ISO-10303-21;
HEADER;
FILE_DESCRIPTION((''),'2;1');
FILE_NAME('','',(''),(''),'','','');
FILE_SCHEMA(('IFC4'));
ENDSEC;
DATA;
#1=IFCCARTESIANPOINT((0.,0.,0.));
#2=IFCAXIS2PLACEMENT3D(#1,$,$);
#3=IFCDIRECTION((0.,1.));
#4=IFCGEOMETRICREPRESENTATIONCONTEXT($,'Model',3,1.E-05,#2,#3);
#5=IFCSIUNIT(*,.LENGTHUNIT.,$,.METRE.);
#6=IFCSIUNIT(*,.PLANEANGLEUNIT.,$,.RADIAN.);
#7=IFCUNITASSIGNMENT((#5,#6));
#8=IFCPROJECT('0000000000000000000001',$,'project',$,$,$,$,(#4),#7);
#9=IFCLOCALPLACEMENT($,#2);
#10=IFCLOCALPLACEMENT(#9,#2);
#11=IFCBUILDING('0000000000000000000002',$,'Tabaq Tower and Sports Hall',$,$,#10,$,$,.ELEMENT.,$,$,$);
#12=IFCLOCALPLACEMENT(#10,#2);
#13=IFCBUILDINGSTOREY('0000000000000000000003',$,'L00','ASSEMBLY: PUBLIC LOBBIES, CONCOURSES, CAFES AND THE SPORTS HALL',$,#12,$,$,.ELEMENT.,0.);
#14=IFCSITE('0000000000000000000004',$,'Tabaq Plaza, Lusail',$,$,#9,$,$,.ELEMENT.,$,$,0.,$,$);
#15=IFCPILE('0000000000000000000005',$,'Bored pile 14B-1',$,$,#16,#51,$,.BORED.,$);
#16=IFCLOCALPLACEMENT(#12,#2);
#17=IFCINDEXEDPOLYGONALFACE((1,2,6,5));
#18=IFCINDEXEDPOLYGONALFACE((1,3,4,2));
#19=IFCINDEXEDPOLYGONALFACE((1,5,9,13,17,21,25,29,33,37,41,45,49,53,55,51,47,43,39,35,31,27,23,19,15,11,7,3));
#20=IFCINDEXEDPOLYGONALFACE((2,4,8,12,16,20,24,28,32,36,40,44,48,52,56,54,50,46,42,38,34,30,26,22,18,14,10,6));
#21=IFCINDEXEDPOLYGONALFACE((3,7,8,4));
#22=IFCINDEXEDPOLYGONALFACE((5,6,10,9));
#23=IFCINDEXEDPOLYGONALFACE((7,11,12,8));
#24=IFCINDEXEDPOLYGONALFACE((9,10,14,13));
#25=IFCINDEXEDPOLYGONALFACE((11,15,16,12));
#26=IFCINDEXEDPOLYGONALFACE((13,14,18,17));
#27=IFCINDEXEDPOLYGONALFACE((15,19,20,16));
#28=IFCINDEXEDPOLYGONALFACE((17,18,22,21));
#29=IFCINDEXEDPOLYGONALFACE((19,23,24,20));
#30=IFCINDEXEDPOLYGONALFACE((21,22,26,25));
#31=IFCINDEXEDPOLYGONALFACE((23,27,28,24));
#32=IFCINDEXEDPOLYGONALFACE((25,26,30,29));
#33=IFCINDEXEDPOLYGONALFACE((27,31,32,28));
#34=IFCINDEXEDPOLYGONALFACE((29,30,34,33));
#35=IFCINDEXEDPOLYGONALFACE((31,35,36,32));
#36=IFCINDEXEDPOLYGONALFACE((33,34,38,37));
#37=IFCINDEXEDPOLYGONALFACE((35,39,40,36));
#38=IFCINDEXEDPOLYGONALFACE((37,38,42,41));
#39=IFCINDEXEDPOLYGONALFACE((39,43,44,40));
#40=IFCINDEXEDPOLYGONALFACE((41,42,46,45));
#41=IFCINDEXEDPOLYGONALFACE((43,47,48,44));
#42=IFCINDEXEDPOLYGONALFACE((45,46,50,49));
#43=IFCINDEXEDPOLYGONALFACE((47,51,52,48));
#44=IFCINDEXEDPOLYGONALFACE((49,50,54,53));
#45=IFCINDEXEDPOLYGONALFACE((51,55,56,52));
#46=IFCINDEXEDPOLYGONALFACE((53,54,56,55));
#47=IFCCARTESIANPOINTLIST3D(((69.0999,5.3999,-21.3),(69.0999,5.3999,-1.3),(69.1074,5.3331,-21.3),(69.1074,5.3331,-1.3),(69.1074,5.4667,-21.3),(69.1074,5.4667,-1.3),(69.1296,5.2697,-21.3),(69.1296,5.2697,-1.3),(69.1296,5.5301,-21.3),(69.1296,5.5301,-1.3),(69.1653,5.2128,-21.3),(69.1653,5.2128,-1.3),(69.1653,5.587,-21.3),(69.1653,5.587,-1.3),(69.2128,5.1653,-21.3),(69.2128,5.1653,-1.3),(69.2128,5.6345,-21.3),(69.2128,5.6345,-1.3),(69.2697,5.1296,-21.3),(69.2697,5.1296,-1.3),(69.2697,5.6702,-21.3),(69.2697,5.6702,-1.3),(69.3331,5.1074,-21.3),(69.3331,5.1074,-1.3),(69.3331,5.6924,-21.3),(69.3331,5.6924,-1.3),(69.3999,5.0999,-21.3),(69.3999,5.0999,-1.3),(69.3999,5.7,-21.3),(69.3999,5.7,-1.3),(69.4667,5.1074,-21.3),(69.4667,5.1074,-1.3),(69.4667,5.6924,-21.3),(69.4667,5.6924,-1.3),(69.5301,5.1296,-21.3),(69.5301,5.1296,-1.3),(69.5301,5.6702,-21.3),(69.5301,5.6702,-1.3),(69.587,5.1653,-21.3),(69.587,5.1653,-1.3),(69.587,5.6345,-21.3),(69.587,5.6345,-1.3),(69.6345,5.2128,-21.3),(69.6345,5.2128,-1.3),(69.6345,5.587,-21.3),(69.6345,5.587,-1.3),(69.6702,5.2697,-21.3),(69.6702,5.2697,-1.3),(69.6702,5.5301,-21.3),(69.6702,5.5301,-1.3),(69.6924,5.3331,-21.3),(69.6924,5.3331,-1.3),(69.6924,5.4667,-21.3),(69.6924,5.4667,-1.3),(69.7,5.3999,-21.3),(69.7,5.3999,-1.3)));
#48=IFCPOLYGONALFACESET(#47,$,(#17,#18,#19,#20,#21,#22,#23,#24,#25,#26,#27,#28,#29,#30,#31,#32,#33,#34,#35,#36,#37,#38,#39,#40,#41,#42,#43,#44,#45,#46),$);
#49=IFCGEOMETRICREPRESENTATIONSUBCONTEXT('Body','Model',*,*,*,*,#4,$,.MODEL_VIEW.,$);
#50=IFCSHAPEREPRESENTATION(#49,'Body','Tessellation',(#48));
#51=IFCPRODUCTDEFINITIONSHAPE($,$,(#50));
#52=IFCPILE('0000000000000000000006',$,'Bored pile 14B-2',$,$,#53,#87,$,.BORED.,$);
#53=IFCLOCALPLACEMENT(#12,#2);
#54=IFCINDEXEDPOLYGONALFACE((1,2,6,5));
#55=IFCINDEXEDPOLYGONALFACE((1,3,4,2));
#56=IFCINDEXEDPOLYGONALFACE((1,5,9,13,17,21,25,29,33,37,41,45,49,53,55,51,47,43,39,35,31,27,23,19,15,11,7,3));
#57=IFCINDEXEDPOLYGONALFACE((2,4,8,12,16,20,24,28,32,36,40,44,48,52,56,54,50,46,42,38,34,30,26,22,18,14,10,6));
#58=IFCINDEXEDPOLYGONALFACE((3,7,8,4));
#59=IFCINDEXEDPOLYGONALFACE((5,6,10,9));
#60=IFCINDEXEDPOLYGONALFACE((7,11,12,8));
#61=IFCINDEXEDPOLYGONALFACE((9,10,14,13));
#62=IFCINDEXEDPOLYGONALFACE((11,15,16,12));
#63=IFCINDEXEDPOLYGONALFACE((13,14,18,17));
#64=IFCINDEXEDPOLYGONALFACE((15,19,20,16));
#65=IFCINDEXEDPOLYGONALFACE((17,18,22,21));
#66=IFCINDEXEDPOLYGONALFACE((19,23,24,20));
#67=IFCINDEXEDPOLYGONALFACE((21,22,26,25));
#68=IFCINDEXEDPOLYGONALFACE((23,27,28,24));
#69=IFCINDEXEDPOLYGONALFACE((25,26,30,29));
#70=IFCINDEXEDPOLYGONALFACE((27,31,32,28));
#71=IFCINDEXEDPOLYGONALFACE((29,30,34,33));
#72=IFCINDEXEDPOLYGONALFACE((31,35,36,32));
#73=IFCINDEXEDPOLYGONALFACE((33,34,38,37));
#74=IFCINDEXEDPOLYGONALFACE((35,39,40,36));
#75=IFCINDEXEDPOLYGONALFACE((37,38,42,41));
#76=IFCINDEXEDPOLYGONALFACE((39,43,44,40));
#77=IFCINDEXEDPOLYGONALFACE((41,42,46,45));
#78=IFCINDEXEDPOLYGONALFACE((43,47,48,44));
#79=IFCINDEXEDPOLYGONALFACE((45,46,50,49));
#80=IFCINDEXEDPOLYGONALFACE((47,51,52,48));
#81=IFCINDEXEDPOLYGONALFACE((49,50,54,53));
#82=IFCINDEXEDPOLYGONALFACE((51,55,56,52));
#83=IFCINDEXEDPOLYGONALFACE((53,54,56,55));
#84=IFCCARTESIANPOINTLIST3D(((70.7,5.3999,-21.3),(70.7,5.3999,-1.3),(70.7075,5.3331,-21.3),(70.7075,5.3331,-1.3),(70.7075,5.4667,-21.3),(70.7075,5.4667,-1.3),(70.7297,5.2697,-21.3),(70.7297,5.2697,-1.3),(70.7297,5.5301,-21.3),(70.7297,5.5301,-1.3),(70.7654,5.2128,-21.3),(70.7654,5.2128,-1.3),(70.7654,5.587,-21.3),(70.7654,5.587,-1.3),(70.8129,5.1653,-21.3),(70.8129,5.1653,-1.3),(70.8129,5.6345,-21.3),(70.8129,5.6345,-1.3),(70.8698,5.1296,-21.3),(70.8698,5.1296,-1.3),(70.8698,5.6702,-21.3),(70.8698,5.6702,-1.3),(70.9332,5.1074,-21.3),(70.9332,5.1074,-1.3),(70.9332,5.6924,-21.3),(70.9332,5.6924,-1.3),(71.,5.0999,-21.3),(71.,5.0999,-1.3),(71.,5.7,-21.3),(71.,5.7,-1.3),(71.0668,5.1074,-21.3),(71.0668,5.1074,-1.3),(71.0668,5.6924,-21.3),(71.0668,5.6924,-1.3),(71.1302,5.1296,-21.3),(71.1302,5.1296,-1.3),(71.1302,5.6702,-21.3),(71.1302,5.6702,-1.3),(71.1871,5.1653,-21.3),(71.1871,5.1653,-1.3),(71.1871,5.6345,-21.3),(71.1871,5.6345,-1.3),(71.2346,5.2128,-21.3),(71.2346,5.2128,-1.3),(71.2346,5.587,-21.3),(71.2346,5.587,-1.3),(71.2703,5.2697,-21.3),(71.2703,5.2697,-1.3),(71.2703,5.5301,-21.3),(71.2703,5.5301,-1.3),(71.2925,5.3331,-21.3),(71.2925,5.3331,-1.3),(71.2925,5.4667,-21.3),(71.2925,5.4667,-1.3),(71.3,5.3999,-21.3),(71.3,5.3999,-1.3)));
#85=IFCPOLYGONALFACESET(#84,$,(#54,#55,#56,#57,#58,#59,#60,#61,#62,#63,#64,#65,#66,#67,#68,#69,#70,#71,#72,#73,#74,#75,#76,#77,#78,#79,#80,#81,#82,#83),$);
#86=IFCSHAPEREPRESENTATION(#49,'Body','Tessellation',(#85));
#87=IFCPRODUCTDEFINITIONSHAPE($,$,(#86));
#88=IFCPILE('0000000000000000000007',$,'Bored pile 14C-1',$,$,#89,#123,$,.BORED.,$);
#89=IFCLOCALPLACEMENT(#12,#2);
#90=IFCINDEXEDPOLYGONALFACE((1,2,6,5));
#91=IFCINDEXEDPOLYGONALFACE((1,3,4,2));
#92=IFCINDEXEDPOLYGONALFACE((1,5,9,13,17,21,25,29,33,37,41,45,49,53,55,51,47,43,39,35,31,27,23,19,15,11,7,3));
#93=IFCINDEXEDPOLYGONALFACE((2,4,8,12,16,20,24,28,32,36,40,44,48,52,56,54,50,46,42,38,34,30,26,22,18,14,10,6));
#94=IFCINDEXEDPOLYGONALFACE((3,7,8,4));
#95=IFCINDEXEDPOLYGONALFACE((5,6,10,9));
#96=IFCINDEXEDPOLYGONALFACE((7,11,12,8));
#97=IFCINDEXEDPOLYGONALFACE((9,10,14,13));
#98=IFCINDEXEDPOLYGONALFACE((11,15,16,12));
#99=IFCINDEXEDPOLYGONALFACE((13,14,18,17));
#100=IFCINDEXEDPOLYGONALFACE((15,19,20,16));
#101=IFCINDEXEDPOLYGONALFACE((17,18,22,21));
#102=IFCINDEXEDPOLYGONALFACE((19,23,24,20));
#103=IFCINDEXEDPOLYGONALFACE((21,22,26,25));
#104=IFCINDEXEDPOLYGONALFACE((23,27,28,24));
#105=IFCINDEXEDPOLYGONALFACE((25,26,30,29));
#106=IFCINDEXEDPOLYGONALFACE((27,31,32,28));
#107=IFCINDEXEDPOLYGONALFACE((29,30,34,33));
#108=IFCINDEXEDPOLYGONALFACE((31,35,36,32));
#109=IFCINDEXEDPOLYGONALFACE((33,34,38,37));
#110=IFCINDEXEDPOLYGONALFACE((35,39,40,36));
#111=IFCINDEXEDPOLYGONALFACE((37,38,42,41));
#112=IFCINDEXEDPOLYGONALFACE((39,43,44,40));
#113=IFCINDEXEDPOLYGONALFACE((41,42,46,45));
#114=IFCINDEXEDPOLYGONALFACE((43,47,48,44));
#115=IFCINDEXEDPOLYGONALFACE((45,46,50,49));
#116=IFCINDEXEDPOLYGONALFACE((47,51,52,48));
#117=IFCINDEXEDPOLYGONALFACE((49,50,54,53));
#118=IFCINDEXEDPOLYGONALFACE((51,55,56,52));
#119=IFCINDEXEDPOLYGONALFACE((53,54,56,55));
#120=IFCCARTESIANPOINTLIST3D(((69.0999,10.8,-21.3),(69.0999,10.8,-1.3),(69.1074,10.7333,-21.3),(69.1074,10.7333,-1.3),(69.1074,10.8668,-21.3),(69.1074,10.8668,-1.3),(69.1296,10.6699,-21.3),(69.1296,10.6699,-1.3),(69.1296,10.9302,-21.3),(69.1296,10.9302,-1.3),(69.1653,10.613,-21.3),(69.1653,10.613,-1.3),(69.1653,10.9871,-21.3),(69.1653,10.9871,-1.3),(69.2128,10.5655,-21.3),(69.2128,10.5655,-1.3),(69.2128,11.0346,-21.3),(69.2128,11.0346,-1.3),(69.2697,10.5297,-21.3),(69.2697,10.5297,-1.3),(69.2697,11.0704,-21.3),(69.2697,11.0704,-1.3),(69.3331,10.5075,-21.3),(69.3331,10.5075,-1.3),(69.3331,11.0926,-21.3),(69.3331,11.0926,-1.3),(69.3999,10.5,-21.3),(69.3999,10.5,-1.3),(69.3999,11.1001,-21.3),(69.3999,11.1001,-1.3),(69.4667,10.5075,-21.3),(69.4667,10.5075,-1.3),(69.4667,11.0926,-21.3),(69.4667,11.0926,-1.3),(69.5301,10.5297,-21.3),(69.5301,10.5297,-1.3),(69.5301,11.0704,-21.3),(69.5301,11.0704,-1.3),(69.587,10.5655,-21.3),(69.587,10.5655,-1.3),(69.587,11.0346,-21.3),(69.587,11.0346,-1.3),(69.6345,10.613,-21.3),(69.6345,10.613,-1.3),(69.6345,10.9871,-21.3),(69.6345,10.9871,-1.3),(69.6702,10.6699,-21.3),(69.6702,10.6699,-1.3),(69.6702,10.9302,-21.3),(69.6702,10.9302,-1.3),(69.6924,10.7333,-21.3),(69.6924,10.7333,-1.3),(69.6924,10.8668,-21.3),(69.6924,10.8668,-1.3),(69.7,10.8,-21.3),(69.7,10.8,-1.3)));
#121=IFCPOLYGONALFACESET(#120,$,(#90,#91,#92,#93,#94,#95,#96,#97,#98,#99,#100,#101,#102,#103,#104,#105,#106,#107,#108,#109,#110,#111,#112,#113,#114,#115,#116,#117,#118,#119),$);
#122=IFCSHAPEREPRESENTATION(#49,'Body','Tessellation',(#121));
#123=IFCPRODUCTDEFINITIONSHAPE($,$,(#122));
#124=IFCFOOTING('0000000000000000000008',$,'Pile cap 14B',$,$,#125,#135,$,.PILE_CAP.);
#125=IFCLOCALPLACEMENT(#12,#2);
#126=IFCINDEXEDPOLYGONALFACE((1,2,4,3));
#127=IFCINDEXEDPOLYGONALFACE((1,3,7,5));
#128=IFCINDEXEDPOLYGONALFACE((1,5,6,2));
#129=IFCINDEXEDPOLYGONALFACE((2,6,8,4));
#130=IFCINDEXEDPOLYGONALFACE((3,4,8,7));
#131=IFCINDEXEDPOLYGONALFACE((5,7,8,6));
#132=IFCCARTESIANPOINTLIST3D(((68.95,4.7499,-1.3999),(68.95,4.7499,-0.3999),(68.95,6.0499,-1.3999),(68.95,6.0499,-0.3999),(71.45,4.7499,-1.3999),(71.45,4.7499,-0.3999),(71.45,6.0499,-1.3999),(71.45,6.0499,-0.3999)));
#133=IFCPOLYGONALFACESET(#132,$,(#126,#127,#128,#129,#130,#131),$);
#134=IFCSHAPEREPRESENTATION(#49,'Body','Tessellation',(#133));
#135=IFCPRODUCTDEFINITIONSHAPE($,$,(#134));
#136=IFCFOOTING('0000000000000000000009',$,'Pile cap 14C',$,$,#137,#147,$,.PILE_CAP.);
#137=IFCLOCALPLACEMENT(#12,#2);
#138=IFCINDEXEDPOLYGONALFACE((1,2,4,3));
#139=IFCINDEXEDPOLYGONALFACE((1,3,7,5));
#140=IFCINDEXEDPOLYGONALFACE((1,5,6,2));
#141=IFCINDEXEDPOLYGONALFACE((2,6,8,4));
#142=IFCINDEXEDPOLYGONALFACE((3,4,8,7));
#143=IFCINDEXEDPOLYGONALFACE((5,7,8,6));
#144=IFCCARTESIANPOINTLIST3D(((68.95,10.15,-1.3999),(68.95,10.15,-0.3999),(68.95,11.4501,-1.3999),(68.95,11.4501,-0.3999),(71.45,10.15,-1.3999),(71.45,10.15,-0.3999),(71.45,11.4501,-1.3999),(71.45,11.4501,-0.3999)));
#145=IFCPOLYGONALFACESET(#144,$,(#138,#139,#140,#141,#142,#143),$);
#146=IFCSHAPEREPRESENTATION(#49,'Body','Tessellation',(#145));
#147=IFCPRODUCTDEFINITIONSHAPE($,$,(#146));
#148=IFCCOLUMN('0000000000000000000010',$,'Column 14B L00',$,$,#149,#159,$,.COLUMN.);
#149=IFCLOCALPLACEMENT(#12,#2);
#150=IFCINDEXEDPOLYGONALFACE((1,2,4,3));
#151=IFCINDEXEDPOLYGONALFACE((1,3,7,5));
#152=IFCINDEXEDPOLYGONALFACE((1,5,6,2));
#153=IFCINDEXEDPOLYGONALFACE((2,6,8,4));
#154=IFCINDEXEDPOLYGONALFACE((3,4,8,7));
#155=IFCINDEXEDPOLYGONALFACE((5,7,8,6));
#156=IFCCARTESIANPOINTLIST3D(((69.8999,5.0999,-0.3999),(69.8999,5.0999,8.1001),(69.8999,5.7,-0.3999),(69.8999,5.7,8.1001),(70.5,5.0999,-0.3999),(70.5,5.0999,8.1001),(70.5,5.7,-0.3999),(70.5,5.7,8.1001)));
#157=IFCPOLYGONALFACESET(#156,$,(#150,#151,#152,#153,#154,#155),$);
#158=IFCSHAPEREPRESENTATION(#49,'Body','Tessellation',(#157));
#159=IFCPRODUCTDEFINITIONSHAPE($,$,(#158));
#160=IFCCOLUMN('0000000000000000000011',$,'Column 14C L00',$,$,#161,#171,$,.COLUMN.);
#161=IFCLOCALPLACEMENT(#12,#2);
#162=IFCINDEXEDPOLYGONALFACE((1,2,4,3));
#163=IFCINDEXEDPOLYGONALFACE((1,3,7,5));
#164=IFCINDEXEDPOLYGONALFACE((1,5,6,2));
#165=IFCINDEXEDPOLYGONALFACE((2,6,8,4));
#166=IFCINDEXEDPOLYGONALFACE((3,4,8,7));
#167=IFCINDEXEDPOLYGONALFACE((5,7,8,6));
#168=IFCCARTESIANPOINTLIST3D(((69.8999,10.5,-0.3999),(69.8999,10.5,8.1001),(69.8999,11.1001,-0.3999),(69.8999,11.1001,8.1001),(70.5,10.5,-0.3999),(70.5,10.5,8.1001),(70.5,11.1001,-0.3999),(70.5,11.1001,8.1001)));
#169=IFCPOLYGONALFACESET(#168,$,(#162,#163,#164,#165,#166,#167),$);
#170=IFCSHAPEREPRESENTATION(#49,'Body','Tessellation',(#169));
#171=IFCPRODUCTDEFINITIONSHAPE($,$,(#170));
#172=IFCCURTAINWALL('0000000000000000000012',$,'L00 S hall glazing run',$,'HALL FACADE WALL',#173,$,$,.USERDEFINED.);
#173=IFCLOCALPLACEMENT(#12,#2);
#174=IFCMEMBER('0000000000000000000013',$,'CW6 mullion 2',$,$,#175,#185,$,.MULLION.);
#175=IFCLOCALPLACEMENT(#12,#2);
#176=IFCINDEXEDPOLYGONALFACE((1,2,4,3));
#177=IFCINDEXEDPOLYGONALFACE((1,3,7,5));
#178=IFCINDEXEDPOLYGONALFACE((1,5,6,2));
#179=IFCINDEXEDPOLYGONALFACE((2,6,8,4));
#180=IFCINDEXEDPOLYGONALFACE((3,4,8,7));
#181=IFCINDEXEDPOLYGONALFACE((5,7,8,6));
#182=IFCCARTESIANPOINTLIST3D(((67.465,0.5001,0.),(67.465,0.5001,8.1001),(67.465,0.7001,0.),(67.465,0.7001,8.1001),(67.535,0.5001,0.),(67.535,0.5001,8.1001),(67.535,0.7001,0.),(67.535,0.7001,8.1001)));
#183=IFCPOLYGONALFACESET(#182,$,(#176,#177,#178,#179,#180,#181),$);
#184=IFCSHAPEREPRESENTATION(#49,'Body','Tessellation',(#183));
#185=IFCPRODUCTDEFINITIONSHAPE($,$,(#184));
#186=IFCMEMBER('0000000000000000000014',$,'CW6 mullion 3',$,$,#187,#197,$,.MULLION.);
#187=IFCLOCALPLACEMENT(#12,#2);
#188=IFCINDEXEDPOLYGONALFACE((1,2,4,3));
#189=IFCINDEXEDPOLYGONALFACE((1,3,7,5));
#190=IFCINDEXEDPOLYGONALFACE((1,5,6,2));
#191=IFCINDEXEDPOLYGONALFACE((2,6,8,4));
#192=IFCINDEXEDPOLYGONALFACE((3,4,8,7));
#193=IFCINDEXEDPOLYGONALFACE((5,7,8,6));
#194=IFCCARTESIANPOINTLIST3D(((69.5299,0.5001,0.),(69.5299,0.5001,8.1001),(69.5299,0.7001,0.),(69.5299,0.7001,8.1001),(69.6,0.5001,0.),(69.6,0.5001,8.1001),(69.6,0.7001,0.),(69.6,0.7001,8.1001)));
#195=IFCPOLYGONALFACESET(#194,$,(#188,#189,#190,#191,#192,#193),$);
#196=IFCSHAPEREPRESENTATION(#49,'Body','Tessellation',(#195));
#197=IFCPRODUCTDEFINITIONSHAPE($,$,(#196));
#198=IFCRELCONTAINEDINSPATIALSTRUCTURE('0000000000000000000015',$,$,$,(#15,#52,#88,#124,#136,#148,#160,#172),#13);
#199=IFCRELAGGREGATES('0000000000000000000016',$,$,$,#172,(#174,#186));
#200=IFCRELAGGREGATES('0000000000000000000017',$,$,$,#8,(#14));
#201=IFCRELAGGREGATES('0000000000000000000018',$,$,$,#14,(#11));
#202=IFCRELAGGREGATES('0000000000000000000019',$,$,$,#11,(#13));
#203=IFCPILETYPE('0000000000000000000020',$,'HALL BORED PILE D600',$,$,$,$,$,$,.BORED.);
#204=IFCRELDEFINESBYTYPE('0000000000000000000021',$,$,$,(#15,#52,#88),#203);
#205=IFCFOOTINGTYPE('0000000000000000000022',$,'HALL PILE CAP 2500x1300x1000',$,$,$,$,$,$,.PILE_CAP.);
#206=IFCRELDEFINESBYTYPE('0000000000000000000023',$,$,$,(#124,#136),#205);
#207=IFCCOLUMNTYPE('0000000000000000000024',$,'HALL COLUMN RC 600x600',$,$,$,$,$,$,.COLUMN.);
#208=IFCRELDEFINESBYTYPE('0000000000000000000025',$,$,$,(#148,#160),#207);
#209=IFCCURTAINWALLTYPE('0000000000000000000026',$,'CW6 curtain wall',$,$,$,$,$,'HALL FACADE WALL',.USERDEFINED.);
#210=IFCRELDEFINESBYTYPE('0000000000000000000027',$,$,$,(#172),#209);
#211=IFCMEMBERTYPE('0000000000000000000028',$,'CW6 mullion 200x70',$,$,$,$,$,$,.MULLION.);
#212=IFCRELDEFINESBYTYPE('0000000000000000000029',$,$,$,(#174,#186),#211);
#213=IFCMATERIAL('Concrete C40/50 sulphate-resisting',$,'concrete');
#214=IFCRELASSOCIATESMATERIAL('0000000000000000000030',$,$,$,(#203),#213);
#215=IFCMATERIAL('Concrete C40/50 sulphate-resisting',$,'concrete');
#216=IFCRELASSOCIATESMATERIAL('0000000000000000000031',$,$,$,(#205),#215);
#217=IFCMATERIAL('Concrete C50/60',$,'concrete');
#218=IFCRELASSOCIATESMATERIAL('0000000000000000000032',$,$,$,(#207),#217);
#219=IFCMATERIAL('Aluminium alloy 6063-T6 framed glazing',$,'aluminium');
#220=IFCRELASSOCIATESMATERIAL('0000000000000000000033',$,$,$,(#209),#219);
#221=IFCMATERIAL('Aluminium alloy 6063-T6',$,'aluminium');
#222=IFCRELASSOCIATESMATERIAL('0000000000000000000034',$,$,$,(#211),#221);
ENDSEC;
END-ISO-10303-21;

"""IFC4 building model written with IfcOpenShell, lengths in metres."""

from ifc_helpers import new_model, si_unit, direction, frame, origin, origin_2d, place, context, subcontext, project, spatial, rectangle, circle, extrude, material, material_profile, profile_set, type_object, element, aggregate, save


model = new_model("IFC4")

# Units and contexts
model_context = context("Model", 3, precision=1e-05, world=origin(), true_north=direction((0.0, 1.0)))
body_context = subcontext(model_context, "Body", "Model", "MODEL_VIEW")
ifc_project = project(units=[si_unit("LENGTHUNIT", "METRE"), si_unit("PLANEANGLEUNIT", "RADIAN")], contexts=[model_context])

# Site, building, storey
site_placement = place(None, origin())
site = spatial("IfcSite", under=ifc_project, at=site_placement, Name="Tabaq Plaza, Lusail", CompositionType="ELEMENT", RefElevation=0.0)
building_placement = place(site_placement, origin())
building = spatial("IfcBuilding", under=site, at=building_placement, Name="Tabaq Tower and Sports Hall", CompositionType="ELEMENT")
storey_placement = place(building_placement, origin())
storey = spatial("IfcBuildingStorey", under=building, at=storey_placement, Name="L00", Description="ASSEMBLY: PUBLIC LOBBIES, CONCOURSES, CAFES AND THE SPORTS HALL", CompositionType="ELEMENT", Elevation=0.0)

# Piles
ifc_material_1 = material(Name="Concrete C40/50 sulphate-resisting", Category="concrete")
ifc_material_profile_1 = material_profile(ifc_material_1, circle(Radius=0.3, at=origin_2d()), Name="D600")
ifc_profile_set_1 = profile_set([ifc_material_profile_1], Name="Concrete C40/50 sulphate-resisting")
pile_type = type_object("IfcPileType", Name="HALL BORED PILE D600", PredefinedType="BORED", material=ifc_profile_set_1)
for number, where, z_axis, x_axis, name in (
    (1, (69.3999, 5.3999, -1.3), (0.0, 0.0, -1.0), (1.0, 0.0, 0.0), "Bored pile 14B-1"),
    (2, (71.0, 5.3999, -1.3), (0.0, 0.0, -1.0), (1.0, 0.0, 0.0), "Bored pile 14B-2"),
    (3, (69.3999, 10.8, -1.3), (0.0, 0.0, -1.0), (1.0, 0.0, 0.0), "Bored pile 14C-1"),
):
    element("IfcPile", number, at=place(storey_placement, frame(where, z_axis=z_axis, x_axis=x_axis)), inside=storey, type_object=pile_type, Name=name, PredefinedType="BORED", context=body_context, shape_type="SweptSolid", body=[
        extrude(circle(Radius=0.3, at=origin_2d()), origin(), (0.0, 0.0, 1.0), 20.0),
    ])

# Footings
ifc_material_2 = material(Name="Concrete C40/50 sulphate-resisting", Category="concrete")
footing_type = type_object("IfcFootingType", Name="HALL PILE CAP 2500x1300x1000", PredefinedType="PILE_CAP", material=ifc_material_2)
for number, where, z_axis, x_axis, name in (
    (4, (70.2, 5.3999, -1.3999), (0.0, 0.0, 1.0), (1.0, 0.0, 0.0), "Pile cap 14B"),
    (5, (70.2, 10.8, -1.3999), (0.0, 0.0, 1.0), (1.0, 0.0, 0.0), "Pile cap 14C"),
):
    element("IfcFooting", number, at=place(storey_placement, frame(where, z_axis=z_axis, x_axis=x_axis)), inside=storey, type_object=footing_type, Name=name, PredefinedType="PILE_CAP", context=body_context, shape_type="SweptSolid", body=[
        extrude(rectangle(XDim=2.5, YDim=1.3, at=origin_2d()), origin(), (0.0, 0.0, 1.0), 1.0),
    ])

# Columns
ifc_material_3 = material(Name="Concrete C50/60", Category="concrete")
ifc_material_profile_2 = material_profile(ifc_material_3, rectangle(XDim=0.6001, YDim=0.6001, at=origin_2d()), Name="RC 600x600")
ifc_profile_set_2 = profile_set([ifc_material_profile_2], Name="Concrete C50/60")
column_type = type_object("IfcColumnType", Name="HALL COLUMN RC 600x600", PredefinedType="COLUMN", material=ifc_profile_set_2)
for number, where, z_axis, x_axis, name in (
    (6, (70.2, 5.3999, -0.3999), (0.0, 0.0, 1.0), (1.0, 0.0, 0.0), "Column 14B L00"),
    (7, (70.2, 10.8, -0.3999), (0.0, 0.0, 1.0), (1.0, 0.0, 0.0), "Column 14C L00"),
):
    element("IfcColumn", number, at=place(storey_placement, frame(where, z_axis=z_axis, x_axis=x_axis)), inside=storey, type_object=column_type, Name=name, PredefinedType="COLUMN", context=body_context, shape_type="SweptSolid", body=[
        extrude(rectangle(XDim=0.6001, YDim=0.6001, at=origin_2d()), origin(), (0.0, 0.0, 1.0), 8.5),
    ])

# Curtain wall, members
ifc_material_4 = material(Name="Aluminium alloy 6063-T6 framed glazing", Category="aluminium")
curtain_wall_type = type_object("IfcCurtainWallType", Name="CW6 curtain wall", ElementType="HALL FACADE WALL", PredefinedType="USERDEFINED", material=ifc_material_4)
curtain_wall_1_placement = place(storey_placement, origin())
curtain_wall_1 = element("IfcCurtainWall", 8, at=curtain_wall_1_placement, inside=storey, type_object=curtain_wall_type, Name="L00 S hall glazing run", ObjectType="HALL FACADE WALL", PredefinedType="USERDEFINED")
ifc_material_5 = material(Name="Aluminium alloy 6063-T6", Category="aluminium")
ifc_material_profile_3 = material_profile(ifc_material_5, rectangle(XDim=0.2, YDim=0.0701, at=origin_2d()), Name="MULLION 200x70")
ifc_profile_set_3 = profile_set([ifc_material_profile_3], Name="Aluminium alloy 6063-T6")
member_type_1 = type_object("IfcMemberType", Name="CW6 mullion 200x70", PredefinedType="MULLION", material=ifc_profile_set_3)
member_1_placement = place(storey_placement, frame((67.5, 0.6001, 0.0), z_axis=(0.0, 0.0, 1.0), x_axis=(0.0, 1.0, 0.0)))
member_1 = element("IfcMember", 9, at=member_1_placement, type_object=member_type_1, Name="CW6 mullion 2", PredefinedType="MULLION", context=body_context, shape_type="SweptSolid", body=[
    extrude(rectangle(XDim=0.2, YDim=0.0701, at=origin_2d()), origin(), (0.0, 0.0, 1.0), 8.1001),
])
member_2_placement = place(storey_placement, frame((69.5649, 0.6001, 0.0), z_axis=(0.0, 0.0, 1.0), x_axis=(0.0, 1.0, 0.0)))
member_2 = element("IfcMember", 10, at=member_2_placement, type_object=member_type_1, Name="CW6 mullion 3", PredefinedType="MULLION", context=body_context, shape_type="SweptSolid", body=[
    extrude(rectangle(XDim=0.2, YDim=0.0701, at=origin_2d()), origin(), (0.0, 0.0, 1.0), 8.1001),
])

aggregate(curtain_wall_1, [member_1, member_2])

save(model, "model.ifc")
